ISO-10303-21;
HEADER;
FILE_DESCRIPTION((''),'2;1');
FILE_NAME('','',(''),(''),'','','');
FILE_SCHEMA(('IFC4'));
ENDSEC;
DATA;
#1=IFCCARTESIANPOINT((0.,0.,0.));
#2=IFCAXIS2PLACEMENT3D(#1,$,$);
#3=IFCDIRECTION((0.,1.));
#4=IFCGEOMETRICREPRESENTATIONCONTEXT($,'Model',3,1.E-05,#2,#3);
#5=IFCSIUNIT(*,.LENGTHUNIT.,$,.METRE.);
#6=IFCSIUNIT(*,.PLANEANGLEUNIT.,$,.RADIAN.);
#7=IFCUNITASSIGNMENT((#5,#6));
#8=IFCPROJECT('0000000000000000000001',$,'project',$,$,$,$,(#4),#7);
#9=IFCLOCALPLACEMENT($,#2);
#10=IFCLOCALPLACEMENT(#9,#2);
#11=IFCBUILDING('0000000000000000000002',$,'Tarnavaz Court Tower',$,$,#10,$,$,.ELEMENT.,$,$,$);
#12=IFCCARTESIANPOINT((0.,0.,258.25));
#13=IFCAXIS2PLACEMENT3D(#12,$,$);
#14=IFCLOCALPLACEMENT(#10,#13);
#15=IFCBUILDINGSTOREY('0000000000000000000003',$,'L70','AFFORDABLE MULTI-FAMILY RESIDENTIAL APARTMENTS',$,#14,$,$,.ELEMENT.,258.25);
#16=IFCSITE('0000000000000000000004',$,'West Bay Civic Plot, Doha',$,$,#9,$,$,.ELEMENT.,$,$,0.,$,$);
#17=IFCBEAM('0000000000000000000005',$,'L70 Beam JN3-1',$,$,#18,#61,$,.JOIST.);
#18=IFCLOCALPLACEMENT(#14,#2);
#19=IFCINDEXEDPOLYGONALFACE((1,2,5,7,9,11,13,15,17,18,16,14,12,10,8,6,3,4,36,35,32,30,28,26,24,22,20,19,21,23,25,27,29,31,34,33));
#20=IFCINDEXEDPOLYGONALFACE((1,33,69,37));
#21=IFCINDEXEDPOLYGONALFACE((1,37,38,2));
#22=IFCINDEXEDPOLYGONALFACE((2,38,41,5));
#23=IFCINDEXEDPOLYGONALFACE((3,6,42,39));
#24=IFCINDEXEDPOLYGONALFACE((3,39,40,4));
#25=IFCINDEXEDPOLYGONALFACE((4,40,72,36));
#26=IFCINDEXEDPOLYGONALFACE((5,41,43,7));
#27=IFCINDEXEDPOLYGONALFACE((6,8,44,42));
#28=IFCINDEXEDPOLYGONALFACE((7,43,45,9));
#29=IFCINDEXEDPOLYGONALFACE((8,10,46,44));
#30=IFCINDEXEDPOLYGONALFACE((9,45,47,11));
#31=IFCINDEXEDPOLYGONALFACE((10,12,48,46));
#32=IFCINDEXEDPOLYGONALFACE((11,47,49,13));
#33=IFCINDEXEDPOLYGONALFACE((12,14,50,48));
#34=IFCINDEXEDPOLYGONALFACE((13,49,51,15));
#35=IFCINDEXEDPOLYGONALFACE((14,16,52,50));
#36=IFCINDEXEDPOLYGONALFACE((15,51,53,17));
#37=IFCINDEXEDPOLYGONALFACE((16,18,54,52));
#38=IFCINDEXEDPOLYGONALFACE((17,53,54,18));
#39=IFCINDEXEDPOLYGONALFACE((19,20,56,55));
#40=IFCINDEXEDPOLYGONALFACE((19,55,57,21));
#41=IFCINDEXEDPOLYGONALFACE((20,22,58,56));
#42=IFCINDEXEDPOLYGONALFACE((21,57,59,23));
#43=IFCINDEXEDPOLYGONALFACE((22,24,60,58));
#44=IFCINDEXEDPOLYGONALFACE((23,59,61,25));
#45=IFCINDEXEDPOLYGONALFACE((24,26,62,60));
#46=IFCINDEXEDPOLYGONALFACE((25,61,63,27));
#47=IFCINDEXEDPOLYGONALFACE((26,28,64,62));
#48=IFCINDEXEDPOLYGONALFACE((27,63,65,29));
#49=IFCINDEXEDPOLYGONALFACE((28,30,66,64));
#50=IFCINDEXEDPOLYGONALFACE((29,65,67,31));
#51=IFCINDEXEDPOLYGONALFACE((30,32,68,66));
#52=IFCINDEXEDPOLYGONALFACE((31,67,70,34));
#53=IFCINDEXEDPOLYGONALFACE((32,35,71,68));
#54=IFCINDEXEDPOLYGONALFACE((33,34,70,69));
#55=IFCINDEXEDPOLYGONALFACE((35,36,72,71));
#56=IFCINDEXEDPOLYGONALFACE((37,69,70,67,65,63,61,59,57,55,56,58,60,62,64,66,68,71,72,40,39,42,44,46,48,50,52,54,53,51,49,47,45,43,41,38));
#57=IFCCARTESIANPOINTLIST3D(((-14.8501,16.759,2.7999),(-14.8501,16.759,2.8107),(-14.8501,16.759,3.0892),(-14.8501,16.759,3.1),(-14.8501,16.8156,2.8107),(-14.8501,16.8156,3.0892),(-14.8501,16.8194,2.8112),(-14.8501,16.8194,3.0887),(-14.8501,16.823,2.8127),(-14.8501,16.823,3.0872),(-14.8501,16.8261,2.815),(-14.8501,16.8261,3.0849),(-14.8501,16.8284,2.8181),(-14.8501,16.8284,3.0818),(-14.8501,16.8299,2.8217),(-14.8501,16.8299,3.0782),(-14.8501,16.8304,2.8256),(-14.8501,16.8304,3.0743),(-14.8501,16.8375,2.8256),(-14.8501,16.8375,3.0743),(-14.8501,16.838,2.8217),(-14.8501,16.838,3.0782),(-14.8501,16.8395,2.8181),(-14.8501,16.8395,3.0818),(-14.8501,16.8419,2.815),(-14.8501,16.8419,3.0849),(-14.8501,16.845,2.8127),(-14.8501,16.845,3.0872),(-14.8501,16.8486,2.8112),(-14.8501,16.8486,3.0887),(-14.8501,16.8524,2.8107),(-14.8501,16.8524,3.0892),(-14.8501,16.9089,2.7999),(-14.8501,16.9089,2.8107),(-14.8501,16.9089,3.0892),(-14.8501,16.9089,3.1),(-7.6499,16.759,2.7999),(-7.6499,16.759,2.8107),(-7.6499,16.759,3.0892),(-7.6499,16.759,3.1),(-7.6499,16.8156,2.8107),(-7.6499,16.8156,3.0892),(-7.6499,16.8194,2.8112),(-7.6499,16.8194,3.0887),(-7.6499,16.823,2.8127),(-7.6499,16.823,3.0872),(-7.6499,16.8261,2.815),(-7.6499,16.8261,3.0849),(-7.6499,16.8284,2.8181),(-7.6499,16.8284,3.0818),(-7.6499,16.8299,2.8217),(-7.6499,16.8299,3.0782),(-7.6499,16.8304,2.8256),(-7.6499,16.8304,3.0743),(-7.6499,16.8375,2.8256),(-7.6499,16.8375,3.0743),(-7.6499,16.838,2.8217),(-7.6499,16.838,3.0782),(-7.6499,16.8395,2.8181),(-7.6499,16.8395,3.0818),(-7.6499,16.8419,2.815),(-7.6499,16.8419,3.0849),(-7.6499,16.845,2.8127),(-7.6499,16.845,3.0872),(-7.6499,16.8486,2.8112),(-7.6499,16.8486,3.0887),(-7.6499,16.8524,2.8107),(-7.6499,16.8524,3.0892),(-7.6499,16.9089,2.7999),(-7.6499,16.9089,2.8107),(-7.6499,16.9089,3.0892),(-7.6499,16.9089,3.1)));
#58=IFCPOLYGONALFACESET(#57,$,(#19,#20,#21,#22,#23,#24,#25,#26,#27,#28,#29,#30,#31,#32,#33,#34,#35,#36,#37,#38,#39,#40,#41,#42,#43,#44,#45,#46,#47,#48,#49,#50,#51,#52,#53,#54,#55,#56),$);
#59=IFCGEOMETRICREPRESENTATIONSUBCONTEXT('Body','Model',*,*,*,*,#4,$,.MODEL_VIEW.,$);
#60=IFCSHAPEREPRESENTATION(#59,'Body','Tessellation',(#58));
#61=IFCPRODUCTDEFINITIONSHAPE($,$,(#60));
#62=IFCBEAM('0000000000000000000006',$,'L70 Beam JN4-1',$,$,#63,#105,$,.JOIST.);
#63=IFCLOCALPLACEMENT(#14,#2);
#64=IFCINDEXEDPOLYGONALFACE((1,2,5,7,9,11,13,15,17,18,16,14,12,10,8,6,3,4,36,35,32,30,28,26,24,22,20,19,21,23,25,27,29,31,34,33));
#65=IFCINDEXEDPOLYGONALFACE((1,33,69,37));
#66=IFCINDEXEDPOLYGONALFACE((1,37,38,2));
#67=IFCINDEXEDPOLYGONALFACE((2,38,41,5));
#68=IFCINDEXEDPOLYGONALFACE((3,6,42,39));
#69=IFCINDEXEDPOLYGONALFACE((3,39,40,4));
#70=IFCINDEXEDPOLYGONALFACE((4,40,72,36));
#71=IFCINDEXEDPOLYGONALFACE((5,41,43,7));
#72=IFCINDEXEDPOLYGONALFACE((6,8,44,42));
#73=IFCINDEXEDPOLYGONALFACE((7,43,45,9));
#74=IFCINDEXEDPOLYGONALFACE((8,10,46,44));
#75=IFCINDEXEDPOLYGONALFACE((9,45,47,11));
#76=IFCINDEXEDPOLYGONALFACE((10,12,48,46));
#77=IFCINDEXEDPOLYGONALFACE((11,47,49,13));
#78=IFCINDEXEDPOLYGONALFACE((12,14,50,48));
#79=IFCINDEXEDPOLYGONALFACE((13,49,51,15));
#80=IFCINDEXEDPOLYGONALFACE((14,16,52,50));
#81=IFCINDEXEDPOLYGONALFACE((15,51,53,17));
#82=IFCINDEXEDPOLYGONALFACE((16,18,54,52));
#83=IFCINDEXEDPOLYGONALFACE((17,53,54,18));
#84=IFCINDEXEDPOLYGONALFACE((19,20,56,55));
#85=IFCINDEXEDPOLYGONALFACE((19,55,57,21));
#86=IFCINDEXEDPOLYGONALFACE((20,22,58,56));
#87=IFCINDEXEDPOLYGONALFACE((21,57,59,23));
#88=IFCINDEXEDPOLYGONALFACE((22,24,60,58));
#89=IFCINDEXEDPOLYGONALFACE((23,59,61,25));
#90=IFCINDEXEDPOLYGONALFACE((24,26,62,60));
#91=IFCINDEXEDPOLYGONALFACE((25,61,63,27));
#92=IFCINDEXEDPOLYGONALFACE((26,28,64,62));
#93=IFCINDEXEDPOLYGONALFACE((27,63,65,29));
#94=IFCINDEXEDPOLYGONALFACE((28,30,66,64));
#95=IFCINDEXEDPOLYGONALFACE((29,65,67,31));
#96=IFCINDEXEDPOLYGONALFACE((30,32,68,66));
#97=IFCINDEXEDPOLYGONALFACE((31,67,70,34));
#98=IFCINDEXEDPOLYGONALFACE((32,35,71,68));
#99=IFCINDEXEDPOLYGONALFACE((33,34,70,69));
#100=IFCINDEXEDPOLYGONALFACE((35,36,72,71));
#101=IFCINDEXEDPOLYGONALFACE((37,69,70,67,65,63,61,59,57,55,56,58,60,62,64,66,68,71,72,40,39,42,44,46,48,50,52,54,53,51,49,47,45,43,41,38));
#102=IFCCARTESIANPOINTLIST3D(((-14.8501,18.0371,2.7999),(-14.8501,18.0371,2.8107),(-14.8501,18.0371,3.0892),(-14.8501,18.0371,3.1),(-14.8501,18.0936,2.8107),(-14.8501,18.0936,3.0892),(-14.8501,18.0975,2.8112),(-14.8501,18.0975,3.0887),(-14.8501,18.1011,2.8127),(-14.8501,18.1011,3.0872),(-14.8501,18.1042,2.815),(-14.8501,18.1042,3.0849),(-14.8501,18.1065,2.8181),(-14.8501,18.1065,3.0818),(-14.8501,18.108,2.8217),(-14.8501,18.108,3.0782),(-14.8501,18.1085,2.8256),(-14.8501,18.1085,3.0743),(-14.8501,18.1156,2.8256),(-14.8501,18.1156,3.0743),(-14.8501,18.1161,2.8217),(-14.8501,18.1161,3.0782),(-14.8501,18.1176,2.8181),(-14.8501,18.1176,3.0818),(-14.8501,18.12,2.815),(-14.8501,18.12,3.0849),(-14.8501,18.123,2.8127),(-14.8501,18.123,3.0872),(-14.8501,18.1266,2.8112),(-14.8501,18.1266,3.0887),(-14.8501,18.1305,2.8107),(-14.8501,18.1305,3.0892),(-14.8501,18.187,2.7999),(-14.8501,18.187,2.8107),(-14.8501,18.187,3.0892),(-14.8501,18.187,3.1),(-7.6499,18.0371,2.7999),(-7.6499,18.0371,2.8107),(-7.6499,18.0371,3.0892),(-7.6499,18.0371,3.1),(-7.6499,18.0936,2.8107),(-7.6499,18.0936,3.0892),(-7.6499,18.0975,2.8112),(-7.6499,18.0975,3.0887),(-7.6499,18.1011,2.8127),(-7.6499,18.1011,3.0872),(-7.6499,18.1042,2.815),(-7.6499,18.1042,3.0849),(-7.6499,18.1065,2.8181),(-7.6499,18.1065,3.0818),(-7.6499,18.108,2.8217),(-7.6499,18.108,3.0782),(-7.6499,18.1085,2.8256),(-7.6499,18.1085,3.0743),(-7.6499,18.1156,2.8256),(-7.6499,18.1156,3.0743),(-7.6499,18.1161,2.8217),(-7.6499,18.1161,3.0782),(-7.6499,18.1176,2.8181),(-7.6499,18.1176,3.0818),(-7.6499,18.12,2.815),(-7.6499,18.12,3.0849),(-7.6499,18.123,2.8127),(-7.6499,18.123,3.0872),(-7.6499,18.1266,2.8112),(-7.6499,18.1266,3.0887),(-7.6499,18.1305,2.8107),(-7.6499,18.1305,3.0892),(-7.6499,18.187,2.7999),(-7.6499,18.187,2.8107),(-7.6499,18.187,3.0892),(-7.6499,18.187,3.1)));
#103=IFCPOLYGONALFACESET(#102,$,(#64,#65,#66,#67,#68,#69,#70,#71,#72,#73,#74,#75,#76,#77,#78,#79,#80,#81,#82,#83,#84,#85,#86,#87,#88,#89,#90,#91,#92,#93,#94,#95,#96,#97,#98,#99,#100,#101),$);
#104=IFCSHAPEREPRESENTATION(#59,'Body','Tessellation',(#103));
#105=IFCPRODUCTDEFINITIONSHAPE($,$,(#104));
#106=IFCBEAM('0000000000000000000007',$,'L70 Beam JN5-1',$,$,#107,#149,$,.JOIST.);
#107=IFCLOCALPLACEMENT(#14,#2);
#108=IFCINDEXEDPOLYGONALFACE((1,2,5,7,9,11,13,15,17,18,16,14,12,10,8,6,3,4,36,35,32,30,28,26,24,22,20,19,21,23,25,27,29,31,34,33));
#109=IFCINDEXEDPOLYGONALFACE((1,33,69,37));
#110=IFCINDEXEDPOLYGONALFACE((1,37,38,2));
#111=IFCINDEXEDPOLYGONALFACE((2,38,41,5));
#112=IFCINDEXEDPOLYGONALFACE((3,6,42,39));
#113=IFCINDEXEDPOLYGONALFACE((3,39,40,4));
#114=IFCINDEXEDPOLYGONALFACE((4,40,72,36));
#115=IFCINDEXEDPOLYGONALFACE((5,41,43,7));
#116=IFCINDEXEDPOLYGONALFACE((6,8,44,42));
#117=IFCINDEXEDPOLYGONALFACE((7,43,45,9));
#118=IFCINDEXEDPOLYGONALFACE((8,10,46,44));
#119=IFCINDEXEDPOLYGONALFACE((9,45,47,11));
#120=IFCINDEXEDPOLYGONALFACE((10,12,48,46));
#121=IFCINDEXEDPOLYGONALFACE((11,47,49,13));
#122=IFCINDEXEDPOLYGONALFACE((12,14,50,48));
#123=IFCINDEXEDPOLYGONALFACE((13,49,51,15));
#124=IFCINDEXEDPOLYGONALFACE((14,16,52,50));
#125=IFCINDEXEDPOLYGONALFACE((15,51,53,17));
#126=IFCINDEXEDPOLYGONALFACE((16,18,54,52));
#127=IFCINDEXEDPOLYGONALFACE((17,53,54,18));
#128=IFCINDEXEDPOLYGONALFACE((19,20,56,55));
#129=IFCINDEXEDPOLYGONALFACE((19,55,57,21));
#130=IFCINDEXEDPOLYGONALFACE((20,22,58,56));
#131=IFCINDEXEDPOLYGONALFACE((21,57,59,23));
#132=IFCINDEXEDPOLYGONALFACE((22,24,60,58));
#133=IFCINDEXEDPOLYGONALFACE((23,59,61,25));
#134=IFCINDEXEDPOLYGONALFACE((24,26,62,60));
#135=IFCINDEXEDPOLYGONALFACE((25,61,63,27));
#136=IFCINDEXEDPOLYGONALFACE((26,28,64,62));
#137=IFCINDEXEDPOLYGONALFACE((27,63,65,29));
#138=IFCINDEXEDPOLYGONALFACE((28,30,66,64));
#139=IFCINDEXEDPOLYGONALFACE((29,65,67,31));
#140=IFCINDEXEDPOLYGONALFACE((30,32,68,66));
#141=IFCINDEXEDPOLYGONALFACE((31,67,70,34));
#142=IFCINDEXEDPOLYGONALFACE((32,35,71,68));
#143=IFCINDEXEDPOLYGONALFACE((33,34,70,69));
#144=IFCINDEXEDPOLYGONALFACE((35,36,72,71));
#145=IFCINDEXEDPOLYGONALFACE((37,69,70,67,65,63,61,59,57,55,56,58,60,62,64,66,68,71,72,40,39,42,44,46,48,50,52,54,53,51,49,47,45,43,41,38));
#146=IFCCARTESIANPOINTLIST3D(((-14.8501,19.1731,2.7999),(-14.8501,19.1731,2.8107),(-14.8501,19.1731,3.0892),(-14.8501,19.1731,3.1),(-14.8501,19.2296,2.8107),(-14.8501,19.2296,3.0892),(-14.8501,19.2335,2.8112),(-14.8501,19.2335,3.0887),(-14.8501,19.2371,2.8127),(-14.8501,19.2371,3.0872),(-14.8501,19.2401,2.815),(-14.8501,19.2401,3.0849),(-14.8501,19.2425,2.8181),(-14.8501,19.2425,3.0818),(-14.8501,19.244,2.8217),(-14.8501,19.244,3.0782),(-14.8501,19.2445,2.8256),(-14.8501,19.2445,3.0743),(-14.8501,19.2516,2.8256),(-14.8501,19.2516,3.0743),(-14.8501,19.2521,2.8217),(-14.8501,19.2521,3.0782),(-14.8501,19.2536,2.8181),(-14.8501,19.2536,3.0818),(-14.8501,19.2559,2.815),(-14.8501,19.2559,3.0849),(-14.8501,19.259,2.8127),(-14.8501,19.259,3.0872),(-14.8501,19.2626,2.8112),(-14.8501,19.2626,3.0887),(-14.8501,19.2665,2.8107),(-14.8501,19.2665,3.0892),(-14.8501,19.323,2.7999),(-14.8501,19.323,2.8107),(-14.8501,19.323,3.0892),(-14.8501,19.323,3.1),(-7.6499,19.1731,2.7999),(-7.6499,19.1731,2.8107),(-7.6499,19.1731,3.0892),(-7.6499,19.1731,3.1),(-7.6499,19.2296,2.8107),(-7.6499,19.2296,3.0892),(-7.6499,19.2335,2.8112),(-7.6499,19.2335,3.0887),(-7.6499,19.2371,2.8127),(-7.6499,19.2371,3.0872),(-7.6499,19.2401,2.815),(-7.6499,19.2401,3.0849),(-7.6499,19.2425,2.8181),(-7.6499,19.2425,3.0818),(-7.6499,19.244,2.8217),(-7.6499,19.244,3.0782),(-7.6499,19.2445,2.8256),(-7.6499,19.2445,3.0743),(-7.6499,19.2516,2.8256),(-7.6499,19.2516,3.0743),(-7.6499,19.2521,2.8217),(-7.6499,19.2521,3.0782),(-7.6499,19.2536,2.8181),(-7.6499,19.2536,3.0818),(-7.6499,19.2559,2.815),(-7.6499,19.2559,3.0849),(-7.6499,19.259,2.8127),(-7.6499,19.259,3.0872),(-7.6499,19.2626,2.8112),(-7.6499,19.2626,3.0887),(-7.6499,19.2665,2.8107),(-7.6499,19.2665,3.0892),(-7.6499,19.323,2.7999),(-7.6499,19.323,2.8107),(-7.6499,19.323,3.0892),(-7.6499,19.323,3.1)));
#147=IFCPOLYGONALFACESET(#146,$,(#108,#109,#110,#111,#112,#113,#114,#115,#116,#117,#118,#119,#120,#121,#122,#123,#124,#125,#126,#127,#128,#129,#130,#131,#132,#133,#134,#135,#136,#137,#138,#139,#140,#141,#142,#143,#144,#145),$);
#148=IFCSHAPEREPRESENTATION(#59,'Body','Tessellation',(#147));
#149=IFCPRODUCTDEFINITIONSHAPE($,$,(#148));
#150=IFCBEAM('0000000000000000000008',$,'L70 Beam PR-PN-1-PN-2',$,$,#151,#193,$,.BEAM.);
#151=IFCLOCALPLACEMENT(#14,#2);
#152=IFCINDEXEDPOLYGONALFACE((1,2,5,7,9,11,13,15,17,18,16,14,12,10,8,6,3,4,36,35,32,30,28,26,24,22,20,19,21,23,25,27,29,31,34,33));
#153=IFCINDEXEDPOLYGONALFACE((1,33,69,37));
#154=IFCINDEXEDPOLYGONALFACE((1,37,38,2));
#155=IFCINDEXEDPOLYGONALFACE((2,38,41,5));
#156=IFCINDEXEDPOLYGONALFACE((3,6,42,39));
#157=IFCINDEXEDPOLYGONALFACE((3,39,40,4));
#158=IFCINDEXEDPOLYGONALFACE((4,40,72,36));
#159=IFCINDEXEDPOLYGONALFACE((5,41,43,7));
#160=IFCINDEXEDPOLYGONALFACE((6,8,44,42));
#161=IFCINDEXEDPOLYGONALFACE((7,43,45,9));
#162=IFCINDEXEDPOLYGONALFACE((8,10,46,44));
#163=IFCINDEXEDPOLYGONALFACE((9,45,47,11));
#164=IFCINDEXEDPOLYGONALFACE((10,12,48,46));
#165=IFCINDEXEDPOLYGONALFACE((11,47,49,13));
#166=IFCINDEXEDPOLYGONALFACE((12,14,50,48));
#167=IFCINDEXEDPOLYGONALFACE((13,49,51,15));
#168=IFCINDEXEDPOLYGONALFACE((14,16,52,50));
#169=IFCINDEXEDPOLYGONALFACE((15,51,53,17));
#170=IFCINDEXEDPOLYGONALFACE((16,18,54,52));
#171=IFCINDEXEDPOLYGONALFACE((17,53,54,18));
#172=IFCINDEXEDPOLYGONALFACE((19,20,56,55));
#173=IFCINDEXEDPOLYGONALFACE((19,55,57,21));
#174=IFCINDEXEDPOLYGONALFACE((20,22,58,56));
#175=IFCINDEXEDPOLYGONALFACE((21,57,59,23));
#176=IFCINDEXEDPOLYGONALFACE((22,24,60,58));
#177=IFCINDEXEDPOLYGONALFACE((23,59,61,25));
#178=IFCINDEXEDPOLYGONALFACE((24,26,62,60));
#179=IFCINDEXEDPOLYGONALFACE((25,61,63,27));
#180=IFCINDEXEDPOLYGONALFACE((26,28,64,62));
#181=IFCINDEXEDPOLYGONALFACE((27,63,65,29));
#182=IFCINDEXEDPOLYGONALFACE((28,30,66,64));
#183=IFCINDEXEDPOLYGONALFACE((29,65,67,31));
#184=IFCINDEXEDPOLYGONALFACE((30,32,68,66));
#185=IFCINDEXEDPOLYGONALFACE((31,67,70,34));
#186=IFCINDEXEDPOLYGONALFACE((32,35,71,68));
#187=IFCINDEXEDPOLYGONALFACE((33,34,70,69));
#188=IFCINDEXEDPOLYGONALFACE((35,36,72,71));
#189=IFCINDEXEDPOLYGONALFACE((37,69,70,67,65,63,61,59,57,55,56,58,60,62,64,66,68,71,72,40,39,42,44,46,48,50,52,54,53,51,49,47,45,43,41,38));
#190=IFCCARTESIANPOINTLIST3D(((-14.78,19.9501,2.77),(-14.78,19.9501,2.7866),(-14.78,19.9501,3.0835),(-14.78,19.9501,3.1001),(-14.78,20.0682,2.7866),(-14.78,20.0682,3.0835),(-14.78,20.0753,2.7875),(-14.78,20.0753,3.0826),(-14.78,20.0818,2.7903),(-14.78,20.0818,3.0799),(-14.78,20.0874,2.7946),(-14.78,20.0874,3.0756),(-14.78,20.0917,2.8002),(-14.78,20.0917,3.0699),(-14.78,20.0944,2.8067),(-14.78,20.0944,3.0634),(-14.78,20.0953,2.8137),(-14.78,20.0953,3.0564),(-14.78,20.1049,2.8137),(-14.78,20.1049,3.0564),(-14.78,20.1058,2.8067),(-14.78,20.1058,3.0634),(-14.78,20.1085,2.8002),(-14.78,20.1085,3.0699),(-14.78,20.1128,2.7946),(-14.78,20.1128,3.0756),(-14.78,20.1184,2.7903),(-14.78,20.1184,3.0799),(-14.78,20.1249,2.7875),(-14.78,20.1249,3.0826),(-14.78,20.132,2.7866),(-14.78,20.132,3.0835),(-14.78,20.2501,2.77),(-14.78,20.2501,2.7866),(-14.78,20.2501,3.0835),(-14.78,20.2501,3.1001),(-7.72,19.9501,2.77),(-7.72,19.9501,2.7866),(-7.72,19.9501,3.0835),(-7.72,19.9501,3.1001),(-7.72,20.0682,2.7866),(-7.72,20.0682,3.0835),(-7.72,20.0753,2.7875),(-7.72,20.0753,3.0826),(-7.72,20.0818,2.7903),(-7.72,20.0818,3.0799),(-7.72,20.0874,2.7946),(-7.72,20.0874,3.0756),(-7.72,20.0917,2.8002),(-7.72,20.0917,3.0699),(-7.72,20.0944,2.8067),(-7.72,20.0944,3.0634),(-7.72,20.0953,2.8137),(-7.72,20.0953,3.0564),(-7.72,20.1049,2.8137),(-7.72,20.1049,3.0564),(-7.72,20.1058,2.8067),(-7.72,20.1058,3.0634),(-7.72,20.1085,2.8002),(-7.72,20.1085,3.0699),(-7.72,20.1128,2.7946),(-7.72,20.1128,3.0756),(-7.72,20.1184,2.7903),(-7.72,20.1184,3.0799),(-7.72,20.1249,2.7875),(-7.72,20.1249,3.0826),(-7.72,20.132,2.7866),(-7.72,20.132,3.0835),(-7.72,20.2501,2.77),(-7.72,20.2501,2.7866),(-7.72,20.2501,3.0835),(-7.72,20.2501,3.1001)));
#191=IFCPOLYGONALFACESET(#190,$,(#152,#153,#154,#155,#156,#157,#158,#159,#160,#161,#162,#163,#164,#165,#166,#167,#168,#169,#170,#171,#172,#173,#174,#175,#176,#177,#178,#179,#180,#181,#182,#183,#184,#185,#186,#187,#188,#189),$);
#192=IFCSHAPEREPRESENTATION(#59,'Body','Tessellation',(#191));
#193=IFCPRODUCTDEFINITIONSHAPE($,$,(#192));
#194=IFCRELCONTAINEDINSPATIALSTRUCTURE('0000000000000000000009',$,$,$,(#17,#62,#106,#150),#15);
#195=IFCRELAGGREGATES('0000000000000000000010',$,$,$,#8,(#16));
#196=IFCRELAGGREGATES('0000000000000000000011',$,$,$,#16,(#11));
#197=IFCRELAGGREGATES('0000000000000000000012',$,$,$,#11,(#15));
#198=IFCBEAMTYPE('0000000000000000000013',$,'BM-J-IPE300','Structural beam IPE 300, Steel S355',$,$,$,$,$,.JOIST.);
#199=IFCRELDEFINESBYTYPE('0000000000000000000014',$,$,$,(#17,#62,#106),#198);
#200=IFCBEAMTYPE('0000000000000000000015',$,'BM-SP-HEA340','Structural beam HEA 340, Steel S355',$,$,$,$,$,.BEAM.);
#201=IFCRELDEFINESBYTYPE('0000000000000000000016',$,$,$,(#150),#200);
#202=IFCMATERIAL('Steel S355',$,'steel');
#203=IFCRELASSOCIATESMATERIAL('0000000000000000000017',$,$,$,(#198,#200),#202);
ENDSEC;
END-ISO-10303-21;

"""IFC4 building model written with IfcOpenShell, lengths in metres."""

from ifc_helpers import new_model, si_unit, direction, frame, origin, origin_2d, place, context, subcontext, project, spatial, i_section, extrude, material, material_profile, profile_set, type_object, element, save


model = new_model("IFC4")

# Units and contexts
model_context = context("Model", 3, precision=1e-05, world=origin(), true_north=direction((0.0, 1.0)))
body_context = subcontext(model_context, "Body", "Model", "MODEL_VIEW")
ifc_project = project(units=[si_unit("LENGTHUNIT", "METRE"), si_unit("PLANEANGLEUNIT", "RADIAN")], contexts=[model_context])

# Site, building, storey
site_placement = place(None, origin())
site = spatial("IfcSite", under=ifc_project, at=site_placement, Name="West Bay Civic Plot, Doha", CompositionType="ELEMENT", RefElevation=0.0)
building_placement = place(site_placement, origin())
building = spatial("IfcBuilding", under=site, at=building_placement, Name="Tarnavaz Court Tower", CompositionType="ELEMENT")
storey_placement = place(building_placement, frame((0.0, 0.0, 258.25)))
storey = spatial("IfcBuildingStorey", under=building, at=storey_placement, Name="L70", Description="AFFORDABLE MULTI-FAMILY RESIDENTIAL APARTMENTS", CompositionType="ELEMENT", Elevation=258.25)

# Beams
ifc_material_1 = material(Name="Steel S355", Category="steel")
ifc_material_profile_1 = material_profile(ifc_material_1, i_section(OverallWidth=0.1499, OverallDepth=0.3, WebThickness=0.0071, FlangeThickness=0.0107, FilletRadius=0.0149, at=origin_2d()), Name="IPE 300")
ifc_profile_set_1 = profile_set([ifc_material_profile_1], Name="Steel S355")
beam_type_1 = type_object("IfcBeamType", Name="BM-J-IPE300", Description="Structural beam IPE 300, Steel S355", PredefinedType="JOIST", material=ifc_profile_set_1)
for number, where, z_axis, x_axis, name in (
    (1, (-14.8501, 16.834, 2.95), (1.0, 0.0, 0.0), (0.0, 1.0, 0.0), "L70 Beam JN3-1"),
    (2, (-14.8501, 18.1121, 2.95), (1.0, 0.0, 0.0), (0.0, 1.0, 0.0), "L70 Beam JN4-1"),
    (3, (-14.8501, 19.248, 2.95), (1.0, 0.0, 0.0), (0.0, 1.0, 0.0), "L70 Beam JN5-1"),
):
    element("IfcBeam", number, at=place(storey_placement, frame(where, z_axis=z_axis, x_axis=x_axis)), inside=storey, type_object=beam_type_1, Name=name, PredefinedType="JOIST", context=body_context, shape_type="SweptSolid", body=[
        extrude(i_section(OverallWidth=0.1499, OverallDepth=0.3, WebThickness=0.0071, FlangeThickness=0.0107, FilletRadius=0.0149, at=origin_2d()), origin(), (0.0, 0.0, 1.0), 7.2002),
    ])
ifc_material_profile_2 = material_profile(ifc_material_1, i_section(OverallWidth=0.3, OverallDepth=0.3301, WebThickness=0.0095, FlangeThickness=0.0166, FilletRadius=0.0271, at=origin_2d()), Name="HEA 340")
ifc_profile_set_2 = profile_set([ifc_material_profile_2], Name="Steel S355")
beam_type_2 = type_object("IfcBeamType", Name="BM-SP-HEA340", Description="Structural beam HEA 340, Steel S355", PredefinedType="BEAM", material=ifc_profile_set_2)
beam_1_placement = place(storey_placement, frame((-14.78, 20.1001, 2.9351), z_axis=(1.0, 0.0, 0.0), x_axis=(0.0, 1.0, 0.0)))
element("IfcBeam", 4, at=beam_1_placement, inside=storey, type_object=beam_type_2, Name="L70 Beam PR-PN-1-PN-2", PredefinedType="BEAM", context=body_context, shape_type="SweptSolid", body=[
    extrude(i_section(OverallWidth=0.3, OverallDepth=0.3301, WebThickness=0.0095, FlangeThickness=0.0166, FilletRadius=0.0271, at=origin_2d()), origin(), (0.0, 0.0, 1.0), 7.0601),
])

save(model, "model.ifc")
